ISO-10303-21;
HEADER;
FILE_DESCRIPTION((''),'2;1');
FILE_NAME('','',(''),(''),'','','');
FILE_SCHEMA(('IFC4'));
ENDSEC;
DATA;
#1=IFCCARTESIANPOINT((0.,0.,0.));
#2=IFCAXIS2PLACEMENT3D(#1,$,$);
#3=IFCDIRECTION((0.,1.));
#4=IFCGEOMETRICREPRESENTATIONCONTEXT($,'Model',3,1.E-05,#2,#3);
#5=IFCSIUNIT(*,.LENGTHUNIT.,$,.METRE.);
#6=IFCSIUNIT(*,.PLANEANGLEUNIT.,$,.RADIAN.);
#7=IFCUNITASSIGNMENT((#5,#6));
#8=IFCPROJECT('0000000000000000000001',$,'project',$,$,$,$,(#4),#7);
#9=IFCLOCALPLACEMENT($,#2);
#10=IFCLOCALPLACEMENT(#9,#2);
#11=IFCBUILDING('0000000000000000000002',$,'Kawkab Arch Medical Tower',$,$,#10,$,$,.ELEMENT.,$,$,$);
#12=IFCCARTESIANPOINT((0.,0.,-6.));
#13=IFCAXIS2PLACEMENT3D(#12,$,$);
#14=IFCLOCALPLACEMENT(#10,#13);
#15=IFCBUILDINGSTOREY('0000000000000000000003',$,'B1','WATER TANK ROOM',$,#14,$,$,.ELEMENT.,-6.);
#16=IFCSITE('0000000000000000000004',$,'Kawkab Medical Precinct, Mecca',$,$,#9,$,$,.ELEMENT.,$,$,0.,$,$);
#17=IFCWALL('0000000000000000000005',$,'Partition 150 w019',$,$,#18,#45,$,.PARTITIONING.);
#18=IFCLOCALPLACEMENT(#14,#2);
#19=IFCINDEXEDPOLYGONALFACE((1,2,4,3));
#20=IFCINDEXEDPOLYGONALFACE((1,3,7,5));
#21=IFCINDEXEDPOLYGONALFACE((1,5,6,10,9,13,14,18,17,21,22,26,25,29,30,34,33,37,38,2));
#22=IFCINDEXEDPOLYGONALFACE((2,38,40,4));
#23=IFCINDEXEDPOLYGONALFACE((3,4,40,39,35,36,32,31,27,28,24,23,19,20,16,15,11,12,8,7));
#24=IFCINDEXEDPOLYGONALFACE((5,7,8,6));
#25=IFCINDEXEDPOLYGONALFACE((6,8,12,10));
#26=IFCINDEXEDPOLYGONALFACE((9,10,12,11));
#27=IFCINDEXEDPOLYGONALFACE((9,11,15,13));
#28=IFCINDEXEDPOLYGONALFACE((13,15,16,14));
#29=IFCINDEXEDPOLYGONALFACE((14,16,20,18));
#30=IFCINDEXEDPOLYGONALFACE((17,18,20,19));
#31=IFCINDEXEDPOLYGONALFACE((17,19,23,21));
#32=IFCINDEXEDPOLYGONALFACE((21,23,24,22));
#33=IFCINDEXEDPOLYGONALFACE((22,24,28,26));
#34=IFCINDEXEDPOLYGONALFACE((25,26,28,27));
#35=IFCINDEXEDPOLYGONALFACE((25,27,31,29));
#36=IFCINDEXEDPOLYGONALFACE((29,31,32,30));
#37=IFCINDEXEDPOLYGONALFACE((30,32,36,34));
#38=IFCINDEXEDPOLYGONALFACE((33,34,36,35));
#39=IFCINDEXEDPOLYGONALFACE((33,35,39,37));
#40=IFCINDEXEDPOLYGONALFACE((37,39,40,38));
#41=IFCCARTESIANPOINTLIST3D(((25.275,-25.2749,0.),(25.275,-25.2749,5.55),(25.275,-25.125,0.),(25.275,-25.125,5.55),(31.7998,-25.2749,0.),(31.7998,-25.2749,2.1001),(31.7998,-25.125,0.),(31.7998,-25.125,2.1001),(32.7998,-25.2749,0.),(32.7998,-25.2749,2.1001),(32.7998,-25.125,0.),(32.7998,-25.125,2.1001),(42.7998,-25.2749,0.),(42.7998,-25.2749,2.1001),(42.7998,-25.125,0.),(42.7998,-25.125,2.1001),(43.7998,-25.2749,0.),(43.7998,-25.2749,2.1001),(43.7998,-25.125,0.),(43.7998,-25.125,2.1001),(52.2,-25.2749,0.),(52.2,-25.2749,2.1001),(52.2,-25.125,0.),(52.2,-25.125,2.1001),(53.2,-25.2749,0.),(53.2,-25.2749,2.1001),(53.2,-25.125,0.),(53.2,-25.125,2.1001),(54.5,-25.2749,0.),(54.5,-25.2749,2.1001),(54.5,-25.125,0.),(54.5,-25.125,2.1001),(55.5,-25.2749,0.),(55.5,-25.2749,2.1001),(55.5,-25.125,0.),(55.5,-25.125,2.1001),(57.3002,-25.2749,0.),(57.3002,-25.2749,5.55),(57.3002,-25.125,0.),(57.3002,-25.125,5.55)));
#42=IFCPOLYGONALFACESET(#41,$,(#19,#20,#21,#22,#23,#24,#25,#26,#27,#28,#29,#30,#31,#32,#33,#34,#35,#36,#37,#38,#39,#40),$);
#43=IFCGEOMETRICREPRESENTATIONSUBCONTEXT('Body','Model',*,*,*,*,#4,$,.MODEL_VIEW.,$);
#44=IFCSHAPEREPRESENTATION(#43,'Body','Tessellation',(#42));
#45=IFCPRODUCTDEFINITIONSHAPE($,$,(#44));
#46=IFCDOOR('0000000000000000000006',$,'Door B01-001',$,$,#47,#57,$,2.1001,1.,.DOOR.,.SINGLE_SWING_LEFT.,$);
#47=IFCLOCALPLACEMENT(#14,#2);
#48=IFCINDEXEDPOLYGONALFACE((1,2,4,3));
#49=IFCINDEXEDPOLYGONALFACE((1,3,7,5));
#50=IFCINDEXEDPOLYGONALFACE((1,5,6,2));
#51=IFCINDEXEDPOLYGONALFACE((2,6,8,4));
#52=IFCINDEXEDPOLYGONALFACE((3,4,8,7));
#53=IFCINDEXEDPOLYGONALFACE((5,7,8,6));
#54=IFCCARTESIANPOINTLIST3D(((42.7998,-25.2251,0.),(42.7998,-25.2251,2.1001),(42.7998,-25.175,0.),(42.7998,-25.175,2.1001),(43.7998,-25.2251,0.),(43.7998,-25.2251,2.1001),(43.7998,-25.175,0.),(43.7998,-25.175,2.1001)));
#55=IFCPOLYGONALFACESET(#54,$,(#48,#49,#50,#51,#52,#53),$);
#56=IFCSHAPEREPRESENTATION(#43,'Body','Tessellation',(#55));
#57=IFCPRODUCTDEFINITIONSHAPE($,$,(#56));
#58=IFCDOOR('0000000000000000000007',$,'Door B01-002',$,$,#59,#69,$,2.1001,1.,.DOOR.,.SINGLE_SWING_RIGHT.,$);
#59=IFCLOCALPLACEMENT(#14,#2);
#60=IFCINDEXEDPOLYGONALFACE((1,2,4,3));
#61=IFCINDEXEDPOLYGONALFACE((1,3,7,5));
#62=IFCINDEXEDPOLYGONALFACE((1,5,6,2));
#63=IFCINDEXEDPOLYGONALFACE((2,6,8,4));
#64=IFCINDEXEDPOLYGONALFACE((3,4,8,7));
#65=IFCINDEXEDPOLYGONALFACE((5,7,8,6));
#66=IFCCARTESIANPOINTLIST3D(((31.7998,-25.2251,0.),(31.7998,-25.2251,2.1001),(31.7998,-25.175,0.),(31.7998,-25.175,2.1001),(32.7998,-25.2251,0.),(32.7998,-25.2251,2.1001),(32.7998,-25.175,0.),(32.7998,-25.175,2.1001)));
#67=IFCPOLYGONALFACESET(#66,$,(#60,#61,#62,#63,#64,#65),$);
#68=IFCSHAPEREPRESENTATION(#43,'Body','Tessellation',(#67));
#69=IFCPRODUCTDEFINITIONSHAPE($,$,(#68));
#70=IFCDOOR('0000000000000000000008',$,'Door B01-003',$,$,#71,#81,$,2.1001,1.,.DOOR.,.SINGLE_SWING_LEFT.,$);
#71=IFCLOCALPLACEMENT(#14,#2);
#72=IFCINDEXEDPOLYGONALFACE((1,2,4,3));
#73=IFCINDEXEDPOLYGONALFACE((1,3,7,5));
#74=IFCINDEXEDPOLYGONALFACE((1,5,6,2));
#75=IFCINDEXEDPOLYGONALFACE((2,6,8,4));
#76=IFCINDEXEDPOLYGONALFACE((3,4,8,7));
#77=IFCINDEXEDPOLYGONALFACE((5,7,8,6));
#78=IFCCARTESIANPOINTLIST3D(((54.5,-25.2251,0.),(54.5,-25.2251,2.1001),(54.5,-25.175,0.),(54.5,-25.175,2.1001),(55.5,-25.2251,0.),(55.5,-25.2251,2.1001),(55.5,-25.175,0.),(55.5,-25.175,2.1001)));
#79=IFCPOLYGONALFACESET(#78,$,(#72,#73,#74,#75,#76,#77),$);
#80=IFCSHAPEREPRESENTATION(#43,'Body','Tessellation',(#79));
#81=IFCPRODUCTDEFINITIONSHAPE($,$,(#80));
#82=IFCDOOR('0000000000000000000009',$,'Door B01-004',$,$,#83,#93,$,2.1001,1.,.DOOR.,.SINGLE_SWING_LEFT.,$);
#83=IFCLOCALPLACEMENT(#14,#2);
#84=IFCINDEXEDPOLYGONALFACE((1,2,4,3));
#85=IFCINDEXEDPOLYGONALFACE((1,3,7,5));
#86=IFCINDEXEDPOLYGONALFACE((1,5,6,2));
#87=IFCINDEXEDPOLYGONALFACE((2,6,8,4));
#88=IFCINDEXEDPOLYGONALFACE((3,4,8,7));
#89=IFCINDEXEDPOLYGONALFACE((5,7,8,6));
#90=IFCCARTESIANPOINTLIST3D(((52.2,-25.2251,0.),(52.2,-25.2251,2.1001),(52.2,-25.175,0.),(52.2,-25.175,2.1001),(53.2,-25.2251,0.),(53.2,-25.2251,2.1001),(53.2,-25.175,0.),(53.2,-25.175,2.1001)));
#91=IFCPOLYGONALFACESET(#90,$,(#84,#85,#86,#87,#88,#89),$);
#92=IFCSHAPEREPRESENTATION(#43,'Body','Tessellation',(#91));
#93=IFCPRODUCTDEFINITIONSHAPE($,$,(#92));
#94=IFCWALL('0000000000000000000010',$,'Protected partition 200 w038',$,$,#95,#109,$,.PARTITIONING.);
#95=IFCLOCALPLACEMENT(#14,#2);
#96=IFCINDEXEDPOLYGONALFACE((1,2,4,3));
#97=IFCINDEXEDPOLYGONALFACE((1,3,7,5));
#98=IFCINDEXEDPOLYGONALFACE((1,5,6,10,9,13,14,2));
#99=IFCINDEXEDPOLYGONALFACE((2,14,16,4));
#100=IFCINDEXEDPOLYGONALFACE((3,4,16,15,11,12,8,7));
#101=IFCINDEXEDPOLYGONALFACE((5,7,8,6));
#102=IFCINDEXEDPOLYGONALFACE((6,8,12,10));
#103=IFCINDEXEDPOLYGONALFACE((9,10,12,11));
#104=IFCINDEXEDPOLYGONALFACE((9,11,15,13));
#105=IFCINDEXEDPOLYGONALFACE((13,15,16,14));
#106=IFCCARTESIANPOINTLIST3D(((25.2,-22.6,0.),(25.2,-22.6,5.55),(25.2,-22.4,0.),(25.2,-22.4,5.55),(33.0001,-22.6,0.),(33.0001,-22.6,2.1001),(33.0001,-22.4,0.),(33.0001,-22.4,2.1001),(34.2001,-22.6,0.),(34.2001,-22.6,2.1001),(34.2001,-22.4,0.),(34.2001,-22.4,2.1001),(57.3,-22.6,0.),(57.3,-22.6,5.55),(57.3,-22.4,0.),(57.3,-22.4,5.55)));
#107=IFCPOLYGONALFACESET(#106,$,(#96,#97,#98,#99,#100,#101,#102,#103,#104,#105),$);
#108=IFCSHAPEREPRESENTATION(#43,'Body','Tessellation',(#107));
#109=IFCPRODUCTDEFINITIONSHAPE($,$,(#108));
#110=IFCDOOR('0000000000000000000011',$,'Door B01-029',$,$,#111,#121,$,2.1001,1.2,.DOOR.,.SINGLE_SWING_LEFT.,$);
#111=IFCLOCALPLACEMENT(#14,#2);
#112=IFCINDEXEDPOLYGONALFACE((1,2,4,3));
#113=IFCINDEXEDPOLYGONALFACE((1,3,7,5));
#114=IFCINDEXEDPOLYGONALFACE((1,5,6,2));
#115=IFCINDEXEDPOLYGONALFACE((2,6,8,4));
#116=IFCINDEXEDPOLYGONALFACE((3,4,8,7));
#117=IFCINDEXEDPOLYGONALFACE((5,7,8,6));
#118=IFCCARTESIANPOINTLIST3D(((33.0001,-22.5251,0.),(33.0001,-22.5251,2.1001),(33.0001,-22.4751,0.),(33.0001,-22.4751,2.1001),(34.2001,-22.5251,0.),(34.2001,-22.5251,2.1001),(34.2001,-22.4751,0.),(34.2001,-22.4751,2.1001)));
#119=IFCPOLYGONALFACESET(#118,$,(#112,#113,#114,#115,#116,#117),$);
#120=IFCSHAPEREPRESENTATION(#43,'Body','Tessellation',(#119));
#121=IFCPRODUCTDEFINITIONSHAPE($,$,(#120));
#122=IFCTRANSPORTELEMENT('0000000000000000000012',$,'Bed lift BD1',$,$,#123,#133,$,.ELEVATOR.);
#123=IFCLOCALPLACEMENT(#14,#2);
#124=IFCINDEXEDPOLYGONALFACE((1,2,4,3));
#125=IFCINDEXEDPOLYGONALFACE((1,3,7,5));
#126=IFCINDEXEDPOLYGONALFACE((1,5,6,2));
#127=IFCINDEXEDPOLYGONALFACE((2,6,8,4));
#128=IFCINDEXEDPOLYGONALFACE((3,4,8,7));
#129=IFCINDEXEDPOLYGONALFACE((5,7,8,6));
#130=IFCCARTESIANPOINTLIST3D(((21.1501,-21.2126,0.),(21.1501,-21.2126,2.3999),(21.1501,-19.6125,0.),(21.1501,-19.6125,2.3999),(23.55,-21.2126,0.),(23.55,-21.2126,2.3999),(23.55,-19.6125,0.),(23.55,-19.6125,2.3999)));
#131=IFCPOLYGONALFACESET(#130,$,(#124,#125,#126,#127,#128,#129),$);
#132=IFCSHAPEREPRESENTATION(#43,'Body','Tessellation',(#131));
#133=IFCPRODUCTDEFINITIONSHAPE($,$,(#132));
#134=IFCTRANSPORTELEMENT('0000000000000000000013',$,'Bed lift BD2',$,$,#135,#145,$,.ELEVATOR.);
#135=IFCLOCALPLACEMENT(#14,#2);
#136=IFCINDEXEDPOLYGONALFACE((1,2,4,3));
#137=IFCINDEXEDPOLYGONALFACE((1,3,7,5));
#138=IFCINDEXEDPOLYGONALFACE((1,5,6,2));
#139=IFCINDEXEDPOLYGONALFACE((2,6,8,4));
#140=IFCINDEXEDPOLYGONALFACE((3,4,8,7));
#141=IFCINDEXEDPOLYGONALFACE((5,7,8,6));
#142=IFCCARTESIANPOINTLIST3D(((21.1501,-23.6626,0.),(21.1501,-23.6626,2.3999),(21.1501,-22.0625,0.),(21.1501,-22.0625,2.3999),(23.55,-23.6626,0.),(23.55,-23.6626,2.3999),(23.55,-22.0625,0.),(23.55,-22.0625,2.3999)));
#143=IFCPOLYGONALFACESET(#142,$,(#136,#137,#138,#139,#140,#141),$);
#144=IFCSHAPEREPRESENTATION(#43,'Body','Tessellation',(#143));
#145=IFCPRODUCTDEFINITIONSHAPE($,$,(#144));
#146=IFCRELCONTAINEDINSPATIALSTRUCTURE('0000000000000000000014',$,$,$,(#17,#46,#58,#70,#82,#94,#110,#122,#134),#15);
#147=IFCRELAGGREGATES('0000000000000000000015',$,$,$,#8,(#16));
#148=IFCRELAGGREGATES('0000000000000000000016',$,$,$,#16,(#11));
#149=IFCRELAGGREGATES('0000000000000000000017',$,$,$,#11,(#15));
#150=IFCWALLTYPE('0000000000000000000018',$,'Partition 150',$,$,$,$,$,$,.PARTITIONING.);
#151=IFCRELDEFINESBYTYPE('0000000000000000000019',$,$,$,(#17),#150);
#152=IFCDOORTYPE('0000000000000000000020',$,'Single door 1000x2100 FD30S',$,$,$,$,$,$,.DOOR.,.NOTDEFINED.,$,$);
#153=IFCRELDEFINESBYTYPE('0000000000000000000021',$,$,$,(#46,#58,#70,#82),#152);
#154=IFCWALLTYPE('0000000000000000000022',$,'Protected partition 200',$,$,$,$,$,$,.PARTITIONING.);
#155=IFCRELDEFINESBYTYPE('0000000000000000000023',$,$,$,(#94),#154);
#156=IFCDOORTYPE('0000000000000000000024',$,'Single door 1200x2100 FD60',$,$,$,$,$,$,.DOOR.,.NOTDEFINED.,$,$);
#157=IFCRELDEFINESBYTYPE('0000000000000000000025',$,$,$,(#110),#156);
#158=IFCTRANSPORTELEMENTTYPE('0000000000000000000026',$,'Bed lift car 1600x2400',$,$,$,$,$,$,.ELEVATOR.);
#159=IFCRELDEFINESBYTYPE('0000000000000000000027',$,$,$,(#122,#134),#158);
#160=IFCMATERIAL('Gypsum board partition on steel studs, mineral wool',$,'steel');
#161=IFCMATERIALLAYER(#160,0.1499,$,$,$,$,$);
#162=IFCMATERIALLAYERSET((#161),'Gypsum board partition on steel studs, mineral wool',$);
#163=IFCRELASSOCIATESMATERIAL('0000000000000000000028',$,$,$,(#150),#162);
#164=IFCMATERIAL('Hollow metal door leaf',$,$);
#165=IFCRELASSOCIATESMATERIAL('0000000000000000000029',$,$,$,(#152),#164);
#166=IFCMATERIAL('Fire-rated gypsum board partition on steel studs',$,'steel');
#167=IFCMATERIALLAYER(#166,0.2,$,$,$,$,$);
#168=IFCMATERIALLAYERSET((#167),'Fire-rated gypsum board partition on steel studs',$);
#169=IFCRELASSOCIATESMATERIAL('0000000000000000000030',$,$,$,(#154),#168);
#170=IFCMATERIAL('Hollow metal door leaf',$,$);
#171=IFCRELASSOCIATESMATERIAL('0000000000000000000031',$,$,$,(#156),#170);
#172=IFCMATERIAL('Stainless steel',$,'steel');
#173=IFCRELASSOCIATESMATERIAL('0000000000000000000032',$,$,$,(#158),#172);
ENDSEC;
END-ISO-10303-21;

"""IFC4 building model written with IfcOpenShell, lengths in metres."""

from ifc_helpers import new_model, si_unit, direction, frame, frame_2d, origin, origin_2d, place, context, subcontext, project, spatial, rectangle, extrude, material, layer, layer_set, type_object, element, fill, save


model = new_model("IFC4")

# Units and contexts
model_context = context("Model", 3, precision=1e-05, world=origin(), true_north=direction((0.0, 1.0)))
body_context = subcontext(model_context, "Body", "Model", "MODEL_VIEW")
ifc_project = project(units=[si_unit("LENGTHUNIT", "METRE"), si_unit("PLANEANGLEUNIT", "RADIAN")], contexts=[model_context])

# Site, building, storey
site_placement = place(None, origin())
site = spatial("IfcSite", under=ifc_project, at=site_placement, Name="Kawkab Medical Precinct, Mecca", CompositionType="ELEMENT", RefElevation=0.0)
building_placement = place(site_placement, origin())
building = spatial("IfcBuilding", under=site, at=building_placement, Name="Kawkab Arch Medical Tower", CompositionType="ELEMENT")
storey_placement = place(building_placement, frame((0.0, 0.0, -6.0)))
storey = spatial("IfcBuildingStorey", under=building, at=storey_placement, Name="B1", Description="WATER TANK ROOM", CompositionType="ELEMENT", Elevation=-6.0)

# Wall, openings, doors
ifc_material_1 = material(Name="Gypsum board partition on steel studs, mineral wool", Category="steel")
ifc_layer_1 = layer(ifc_material_1, 0.1499)
ifc_layer_set_1 = layer_set([ifc_layer_1], Name="Gypsum board partition on steel studs, mineral wool")
wall_type_1 = type_object("IfcWallType", Name="Partition 150", PredefinedType="PARTITIONING", material=ifc_layer_set_1)
wall_1_placement = place(storey_placement, frame((25.2749, -25.2, 0.0), z_axis=(0.0, 0.0, 1.0), x_axis=(1.0, 0.0, 0.0)))
wall_1 = element("IfcWall", 1, at=wall_1_placement, inside=storey, type_object=wall_type_1, Name="Partition 150 w019", PredefinedType="PARTITIONING", context=body_context, shape_type="SweptSolid", body=[
    extrude(rectangle(XDim=32.0251, YDim=0.1499, at=frame_2d((16.0127, 0.0))), origin(), (0.0, 0.0, 1.0), 5.55),
])
opening_1_placement = place(wall_1_placement, frame((17.5249, 0.0, 0.0)))
opening_1 = element("IfcOpeningElement", 2, at=opening_1_placement, cuts=wall_1, PredefinedType="OPENING", context=body_context, shape_type="SweptSolid", body=[
    extrude(rectangle(XDim=1.0, YDim=2.1001, at=frame_2d((0.5, 1.05))), frame((0.0, 0.085, 0.0), z_axis=(0.0, -1.0, 0.0), x_axis=(1.0, 0.0, 0.0)), (0.0, 0.0, 1.0), 0.1699),
])
opening_2_placement = place(wall_1_placement, frame((6.5249, 0.0, 0.0)))
opening_2 = element("IfcOpeningElement", 3, at=opening_2_placement, cuts=wall_1, PredefinedType="OPENING", context=body_context, shape_type="SweptSolid", body=[
    extrude(rectangle(XDim=1.0, YDim=2.1001, at=frame_2d((0.5, 1.05))), frame((0.0, 0.085, 0.0), z_axis=(0.0, -1.0, 0.0), x_axis=(1.0, 0.0, 0.0)), (0.0, 0.0, 1.0), 0.1699),
])
opening_3_placement = place(wall_1_placement, frame((29.2251, 0.0, 0.0)))
opening_3 = element("IfcOpeningElement", 4, at=opening_3_placement, cuts=wall_1, PredefinedType="OPENING", context=body_context, shape_type="SweptSolid", body=[
    extrude(rectangle(XDim=1.0, YDim=2.1001, at=frame_2d((0.5, 1.05))), frame((0.0, 0.085, 0.0), z_axis=(0.0, -1.0, 0.0), x_axis=(1.0, 0.0, 0.0)), (0.0, 0.0, 1.0), 0.1699),
])
opening_4_placement = place(wall_1_placement, frame((26.925, 0.0, 0.0)))
opening_4 = element("IfcOpeningElement", 5, at=opening_4_placement, cuts=wall_1, PredefinedType="OPENING", context=body_context, shape_type="SweptSolid", body=[
    extrude(rectangle(XDim=1.0, YDim=2.1001, at=frame_2d((0.5, 1.05))), frame((0.0, 0.085, 0.0), z_axis=(0.0, -1.0, 0.0), x_axis=(1.0, 0.0, 0.0)), (0.0, 0.0, 1.0), 0.1699),
])
ifc_material_2 = material(Name="Hollow metal door leaf")
door_type_1 = type_object("IfcDoorType", Name="Single door 1000x2100 FD30S", OperationType="NOTDEFINED", PredefinedType="DOOR", material=ifc_material_2)
door_1_placement = place(opening_1_placement, origin())
door_1 = element("IfcDoor", 6, at=door_1_placement, inside=storey, type_object=door_type_1, Name="Door B01-001", OperationType="SINGLE_SWING_LEFT", OverallHeight=2.1001, OverallWidth=1.0, PredefinedType="DOOR", context=body_context, shape_type="SweptSolid", body=[
    extrude(rectangle(XDim=1.0, YDim=2.1001, at=frame_2d((0.5, 1.05))), frame((0.0, 0.0249, 0.0), z_axis=(0.0, -1.0, 0.0), x_axis=(1.0, 0.0, 0.0)), (0.0, 0.0, 1.0), 0.05),
])
fill(opening_1, door_1)
door_2_placement = place(opening_2_placement, origin())
door_2 = element("IfcDoor", 7, at=door_2_placement, inside=storey, type_object=door_type_1, Name="Door B01-002", OperationType="SINGLE_SWING_RIGHT", OverallHeight=2.1001, OverallWidth=1.0, PredefinedType="DOOR", context=body_context, shape_type="SweptSolid", body=[
    extrude(rectangle(XDim=1.0, YDim=2.1001, at=frame_2d((0.5, 1.05))), frame((0.0, 0.0249, 0.0), z_axis=(0.0, -1.0, 0.0), x_axis=(1.0, 0.0, 0.0)), (0.0, 0.0, 1.0), 0.05),
])
fill(opening_2, door_2)
door_3_placement = place(opening_3_placement, origin())
door_3 = element("IfcDoor", 8, at=door_3_placement, inside=storey, type_object=door_type_1, Name="Door B01-003", OperationType="SINGLE_SWING_LEFT", OverallHeight=2.1001, OverallWidth=1.0, PredefinedType="DOOR", context=body_context, shape_type="SweptSolid", body=[
    extrude(rectangle(XDim=1.0, YDim=2.1001, at=frame_2d((0.5, 1.05))), frame((0.0, 0.0249, 0.0), z_axis=(0.0, -1.0, 0.0), x_axis=(1.0, 0.0, 0.0)), (0.0, 0.0, 1.0), 0.05),
])
fill(opening_3, door_3)
door_4_placement = place(opening_4_placement, origin())
door_4 = element("IfcDoor", 9, at=door_4_placement, inside=storey, type_object=door_type_1, Name="Door B01-004", OperationType="SINGLE_SWING_LEFT", OverallHeight=2.1001, OverallWidth=1.0, PredefinedType="DOOR", context=body_context, shape_type="SweptSolid", body=[
    extrude(rectangle(XDim=1.0, YDim=2.1001, at=frame_2d((0.5, 1.05))), frame((0.0, 0.0249, 0.0), z_axis=(0.0, -1.0, 0.0), x_axis=(1.0, 0.0, 0.0)), (0.0, 0.0, 1.0), 0.05),
])
fill(opening_4, door_4)

# Wall, opening, door
ifc_material_3 = material(Name="Fire-rated gypsum board partition on steel studs", Category="steel")
ifc_layer_2 = layer(ifc_material_3, 0.2)
ifc_layer_set_2 = layer_set([ifc_layer_2], Name="Fire-rated gypsum board partition on steel studs")
wall_type_2 = type_object("IfcWallType", Name="Protected partition 200", PredefinedType="PARTITIONING", material=ifc_layer_set_2)
wall_2_placement = place(storey_placement, frame((25.2, -22.5, 0.0), z_axis=(0.0, 0.0, 1.0), x_axis=(1.0, 0.0, 0.0)))
wall_2 = element("IfcWall", 10, at=wall_2_placement, inside=storey, type_object=wall_type_2, Name="Protected partition 200 w038", PredefinedType="PARTITIONING", context=body_context, shape_type="SweptSolid", body=[
    extrude(rectangle(XDim=32.1001, YDim=0.2, at=frame_2d((16.05, 0.0))), origin(), (0.0, 0.0, 1.0), 5.55),
])
opening_5_placement = place(wall_2_placement, frame((7.8, 0.0, 0.0)))
opening_5 = element("IfcOpeningElement", 11, at=opening_5_placement, cuts=wall_2, PredefinedType="OPENING", context=body_context, shape_type="SweptSolid", body=[
    extrude(rectangle(XDim=1.2, YDim=2.1001, at=frame_2d((0.6001, 1.05))), frame((0.0, 0.1099, 0.0), z_axis=(0.0, -1.0, 0.0), x_axis=(1.0, 0.0, 0.0)), (0.0, 0.0, 1.0), 0.22),
])
ifc_material_4 = material(Name="Hollow metal door leaf")
door_type_2 = type_object("IfcDoorType", Name="Single door 1200x2100 FD60", OperationType="NOTDEFINED", PredefinedType="DOOR", material=ifc_material_4)
door_5_placement = place(opening_5_placement, origin())
door_5 = element("IfcDoor", 12, at=door_5_placement, inside=storey, type_object=door_type_2, Name="Door B01-029", OperationType="SINGLE_SWING_LEFT", OverallHeight=2.1001, OverallWidth=1.2, PredefinedType="DOOR", context=body_context, shape_type="SweptSolid", body=[
    extrude(rectangle(XDim=1.2, YDim=2.1001, at=frame_2d((0.6001, 1.05))), frame((0.0, 0.0249, 0.0), z_axis=(0.0, -1.0, 0.0), x_axis=(1.0, 0.0, 0.0)), (0.0, 0.0, 1.0), 0.05),
])
fill(opening_5, door_5)

# Transport elements
ifc_material_5 = material(Name="Stainless steel", Category="steel")
transport_element_type = type_object("IfcTransportElementType", Name="Bed lift car 1600x2400", PredefinedType="ELEVATOR", material=ifc_material_5)
for number, where, z_axis, x_axis, name in (
    (13, (22.3501, -20.4126, 0.0), (0.0, 0.0, 1.0), (1.0, 0.0, 0.0), "Bed lift BD1"),
    (14, (22.3501, -22.8625, 0.0), (0.0, 0.0, 1.0), (1.0, 0.0, 0.0), "Bed lift BD2"),
):
    element("IfcTransportElement", number, at=place(storey_placement, frame(where, z_axis=z_axis, x_axis=x_axis)), inside=storey, type_object=transport_element_type, Name=name, PredefinedType="ELEVATOR", context=body_context, shape_type="SweptSolid", body=[
        extrude(rectangle(XDim=2.3999, YDim=1.6001, at=origin_2d()), origin(), (0.0, 0.0, 1.0), 2.3999),
    ])

save(model, "model.ifc")
